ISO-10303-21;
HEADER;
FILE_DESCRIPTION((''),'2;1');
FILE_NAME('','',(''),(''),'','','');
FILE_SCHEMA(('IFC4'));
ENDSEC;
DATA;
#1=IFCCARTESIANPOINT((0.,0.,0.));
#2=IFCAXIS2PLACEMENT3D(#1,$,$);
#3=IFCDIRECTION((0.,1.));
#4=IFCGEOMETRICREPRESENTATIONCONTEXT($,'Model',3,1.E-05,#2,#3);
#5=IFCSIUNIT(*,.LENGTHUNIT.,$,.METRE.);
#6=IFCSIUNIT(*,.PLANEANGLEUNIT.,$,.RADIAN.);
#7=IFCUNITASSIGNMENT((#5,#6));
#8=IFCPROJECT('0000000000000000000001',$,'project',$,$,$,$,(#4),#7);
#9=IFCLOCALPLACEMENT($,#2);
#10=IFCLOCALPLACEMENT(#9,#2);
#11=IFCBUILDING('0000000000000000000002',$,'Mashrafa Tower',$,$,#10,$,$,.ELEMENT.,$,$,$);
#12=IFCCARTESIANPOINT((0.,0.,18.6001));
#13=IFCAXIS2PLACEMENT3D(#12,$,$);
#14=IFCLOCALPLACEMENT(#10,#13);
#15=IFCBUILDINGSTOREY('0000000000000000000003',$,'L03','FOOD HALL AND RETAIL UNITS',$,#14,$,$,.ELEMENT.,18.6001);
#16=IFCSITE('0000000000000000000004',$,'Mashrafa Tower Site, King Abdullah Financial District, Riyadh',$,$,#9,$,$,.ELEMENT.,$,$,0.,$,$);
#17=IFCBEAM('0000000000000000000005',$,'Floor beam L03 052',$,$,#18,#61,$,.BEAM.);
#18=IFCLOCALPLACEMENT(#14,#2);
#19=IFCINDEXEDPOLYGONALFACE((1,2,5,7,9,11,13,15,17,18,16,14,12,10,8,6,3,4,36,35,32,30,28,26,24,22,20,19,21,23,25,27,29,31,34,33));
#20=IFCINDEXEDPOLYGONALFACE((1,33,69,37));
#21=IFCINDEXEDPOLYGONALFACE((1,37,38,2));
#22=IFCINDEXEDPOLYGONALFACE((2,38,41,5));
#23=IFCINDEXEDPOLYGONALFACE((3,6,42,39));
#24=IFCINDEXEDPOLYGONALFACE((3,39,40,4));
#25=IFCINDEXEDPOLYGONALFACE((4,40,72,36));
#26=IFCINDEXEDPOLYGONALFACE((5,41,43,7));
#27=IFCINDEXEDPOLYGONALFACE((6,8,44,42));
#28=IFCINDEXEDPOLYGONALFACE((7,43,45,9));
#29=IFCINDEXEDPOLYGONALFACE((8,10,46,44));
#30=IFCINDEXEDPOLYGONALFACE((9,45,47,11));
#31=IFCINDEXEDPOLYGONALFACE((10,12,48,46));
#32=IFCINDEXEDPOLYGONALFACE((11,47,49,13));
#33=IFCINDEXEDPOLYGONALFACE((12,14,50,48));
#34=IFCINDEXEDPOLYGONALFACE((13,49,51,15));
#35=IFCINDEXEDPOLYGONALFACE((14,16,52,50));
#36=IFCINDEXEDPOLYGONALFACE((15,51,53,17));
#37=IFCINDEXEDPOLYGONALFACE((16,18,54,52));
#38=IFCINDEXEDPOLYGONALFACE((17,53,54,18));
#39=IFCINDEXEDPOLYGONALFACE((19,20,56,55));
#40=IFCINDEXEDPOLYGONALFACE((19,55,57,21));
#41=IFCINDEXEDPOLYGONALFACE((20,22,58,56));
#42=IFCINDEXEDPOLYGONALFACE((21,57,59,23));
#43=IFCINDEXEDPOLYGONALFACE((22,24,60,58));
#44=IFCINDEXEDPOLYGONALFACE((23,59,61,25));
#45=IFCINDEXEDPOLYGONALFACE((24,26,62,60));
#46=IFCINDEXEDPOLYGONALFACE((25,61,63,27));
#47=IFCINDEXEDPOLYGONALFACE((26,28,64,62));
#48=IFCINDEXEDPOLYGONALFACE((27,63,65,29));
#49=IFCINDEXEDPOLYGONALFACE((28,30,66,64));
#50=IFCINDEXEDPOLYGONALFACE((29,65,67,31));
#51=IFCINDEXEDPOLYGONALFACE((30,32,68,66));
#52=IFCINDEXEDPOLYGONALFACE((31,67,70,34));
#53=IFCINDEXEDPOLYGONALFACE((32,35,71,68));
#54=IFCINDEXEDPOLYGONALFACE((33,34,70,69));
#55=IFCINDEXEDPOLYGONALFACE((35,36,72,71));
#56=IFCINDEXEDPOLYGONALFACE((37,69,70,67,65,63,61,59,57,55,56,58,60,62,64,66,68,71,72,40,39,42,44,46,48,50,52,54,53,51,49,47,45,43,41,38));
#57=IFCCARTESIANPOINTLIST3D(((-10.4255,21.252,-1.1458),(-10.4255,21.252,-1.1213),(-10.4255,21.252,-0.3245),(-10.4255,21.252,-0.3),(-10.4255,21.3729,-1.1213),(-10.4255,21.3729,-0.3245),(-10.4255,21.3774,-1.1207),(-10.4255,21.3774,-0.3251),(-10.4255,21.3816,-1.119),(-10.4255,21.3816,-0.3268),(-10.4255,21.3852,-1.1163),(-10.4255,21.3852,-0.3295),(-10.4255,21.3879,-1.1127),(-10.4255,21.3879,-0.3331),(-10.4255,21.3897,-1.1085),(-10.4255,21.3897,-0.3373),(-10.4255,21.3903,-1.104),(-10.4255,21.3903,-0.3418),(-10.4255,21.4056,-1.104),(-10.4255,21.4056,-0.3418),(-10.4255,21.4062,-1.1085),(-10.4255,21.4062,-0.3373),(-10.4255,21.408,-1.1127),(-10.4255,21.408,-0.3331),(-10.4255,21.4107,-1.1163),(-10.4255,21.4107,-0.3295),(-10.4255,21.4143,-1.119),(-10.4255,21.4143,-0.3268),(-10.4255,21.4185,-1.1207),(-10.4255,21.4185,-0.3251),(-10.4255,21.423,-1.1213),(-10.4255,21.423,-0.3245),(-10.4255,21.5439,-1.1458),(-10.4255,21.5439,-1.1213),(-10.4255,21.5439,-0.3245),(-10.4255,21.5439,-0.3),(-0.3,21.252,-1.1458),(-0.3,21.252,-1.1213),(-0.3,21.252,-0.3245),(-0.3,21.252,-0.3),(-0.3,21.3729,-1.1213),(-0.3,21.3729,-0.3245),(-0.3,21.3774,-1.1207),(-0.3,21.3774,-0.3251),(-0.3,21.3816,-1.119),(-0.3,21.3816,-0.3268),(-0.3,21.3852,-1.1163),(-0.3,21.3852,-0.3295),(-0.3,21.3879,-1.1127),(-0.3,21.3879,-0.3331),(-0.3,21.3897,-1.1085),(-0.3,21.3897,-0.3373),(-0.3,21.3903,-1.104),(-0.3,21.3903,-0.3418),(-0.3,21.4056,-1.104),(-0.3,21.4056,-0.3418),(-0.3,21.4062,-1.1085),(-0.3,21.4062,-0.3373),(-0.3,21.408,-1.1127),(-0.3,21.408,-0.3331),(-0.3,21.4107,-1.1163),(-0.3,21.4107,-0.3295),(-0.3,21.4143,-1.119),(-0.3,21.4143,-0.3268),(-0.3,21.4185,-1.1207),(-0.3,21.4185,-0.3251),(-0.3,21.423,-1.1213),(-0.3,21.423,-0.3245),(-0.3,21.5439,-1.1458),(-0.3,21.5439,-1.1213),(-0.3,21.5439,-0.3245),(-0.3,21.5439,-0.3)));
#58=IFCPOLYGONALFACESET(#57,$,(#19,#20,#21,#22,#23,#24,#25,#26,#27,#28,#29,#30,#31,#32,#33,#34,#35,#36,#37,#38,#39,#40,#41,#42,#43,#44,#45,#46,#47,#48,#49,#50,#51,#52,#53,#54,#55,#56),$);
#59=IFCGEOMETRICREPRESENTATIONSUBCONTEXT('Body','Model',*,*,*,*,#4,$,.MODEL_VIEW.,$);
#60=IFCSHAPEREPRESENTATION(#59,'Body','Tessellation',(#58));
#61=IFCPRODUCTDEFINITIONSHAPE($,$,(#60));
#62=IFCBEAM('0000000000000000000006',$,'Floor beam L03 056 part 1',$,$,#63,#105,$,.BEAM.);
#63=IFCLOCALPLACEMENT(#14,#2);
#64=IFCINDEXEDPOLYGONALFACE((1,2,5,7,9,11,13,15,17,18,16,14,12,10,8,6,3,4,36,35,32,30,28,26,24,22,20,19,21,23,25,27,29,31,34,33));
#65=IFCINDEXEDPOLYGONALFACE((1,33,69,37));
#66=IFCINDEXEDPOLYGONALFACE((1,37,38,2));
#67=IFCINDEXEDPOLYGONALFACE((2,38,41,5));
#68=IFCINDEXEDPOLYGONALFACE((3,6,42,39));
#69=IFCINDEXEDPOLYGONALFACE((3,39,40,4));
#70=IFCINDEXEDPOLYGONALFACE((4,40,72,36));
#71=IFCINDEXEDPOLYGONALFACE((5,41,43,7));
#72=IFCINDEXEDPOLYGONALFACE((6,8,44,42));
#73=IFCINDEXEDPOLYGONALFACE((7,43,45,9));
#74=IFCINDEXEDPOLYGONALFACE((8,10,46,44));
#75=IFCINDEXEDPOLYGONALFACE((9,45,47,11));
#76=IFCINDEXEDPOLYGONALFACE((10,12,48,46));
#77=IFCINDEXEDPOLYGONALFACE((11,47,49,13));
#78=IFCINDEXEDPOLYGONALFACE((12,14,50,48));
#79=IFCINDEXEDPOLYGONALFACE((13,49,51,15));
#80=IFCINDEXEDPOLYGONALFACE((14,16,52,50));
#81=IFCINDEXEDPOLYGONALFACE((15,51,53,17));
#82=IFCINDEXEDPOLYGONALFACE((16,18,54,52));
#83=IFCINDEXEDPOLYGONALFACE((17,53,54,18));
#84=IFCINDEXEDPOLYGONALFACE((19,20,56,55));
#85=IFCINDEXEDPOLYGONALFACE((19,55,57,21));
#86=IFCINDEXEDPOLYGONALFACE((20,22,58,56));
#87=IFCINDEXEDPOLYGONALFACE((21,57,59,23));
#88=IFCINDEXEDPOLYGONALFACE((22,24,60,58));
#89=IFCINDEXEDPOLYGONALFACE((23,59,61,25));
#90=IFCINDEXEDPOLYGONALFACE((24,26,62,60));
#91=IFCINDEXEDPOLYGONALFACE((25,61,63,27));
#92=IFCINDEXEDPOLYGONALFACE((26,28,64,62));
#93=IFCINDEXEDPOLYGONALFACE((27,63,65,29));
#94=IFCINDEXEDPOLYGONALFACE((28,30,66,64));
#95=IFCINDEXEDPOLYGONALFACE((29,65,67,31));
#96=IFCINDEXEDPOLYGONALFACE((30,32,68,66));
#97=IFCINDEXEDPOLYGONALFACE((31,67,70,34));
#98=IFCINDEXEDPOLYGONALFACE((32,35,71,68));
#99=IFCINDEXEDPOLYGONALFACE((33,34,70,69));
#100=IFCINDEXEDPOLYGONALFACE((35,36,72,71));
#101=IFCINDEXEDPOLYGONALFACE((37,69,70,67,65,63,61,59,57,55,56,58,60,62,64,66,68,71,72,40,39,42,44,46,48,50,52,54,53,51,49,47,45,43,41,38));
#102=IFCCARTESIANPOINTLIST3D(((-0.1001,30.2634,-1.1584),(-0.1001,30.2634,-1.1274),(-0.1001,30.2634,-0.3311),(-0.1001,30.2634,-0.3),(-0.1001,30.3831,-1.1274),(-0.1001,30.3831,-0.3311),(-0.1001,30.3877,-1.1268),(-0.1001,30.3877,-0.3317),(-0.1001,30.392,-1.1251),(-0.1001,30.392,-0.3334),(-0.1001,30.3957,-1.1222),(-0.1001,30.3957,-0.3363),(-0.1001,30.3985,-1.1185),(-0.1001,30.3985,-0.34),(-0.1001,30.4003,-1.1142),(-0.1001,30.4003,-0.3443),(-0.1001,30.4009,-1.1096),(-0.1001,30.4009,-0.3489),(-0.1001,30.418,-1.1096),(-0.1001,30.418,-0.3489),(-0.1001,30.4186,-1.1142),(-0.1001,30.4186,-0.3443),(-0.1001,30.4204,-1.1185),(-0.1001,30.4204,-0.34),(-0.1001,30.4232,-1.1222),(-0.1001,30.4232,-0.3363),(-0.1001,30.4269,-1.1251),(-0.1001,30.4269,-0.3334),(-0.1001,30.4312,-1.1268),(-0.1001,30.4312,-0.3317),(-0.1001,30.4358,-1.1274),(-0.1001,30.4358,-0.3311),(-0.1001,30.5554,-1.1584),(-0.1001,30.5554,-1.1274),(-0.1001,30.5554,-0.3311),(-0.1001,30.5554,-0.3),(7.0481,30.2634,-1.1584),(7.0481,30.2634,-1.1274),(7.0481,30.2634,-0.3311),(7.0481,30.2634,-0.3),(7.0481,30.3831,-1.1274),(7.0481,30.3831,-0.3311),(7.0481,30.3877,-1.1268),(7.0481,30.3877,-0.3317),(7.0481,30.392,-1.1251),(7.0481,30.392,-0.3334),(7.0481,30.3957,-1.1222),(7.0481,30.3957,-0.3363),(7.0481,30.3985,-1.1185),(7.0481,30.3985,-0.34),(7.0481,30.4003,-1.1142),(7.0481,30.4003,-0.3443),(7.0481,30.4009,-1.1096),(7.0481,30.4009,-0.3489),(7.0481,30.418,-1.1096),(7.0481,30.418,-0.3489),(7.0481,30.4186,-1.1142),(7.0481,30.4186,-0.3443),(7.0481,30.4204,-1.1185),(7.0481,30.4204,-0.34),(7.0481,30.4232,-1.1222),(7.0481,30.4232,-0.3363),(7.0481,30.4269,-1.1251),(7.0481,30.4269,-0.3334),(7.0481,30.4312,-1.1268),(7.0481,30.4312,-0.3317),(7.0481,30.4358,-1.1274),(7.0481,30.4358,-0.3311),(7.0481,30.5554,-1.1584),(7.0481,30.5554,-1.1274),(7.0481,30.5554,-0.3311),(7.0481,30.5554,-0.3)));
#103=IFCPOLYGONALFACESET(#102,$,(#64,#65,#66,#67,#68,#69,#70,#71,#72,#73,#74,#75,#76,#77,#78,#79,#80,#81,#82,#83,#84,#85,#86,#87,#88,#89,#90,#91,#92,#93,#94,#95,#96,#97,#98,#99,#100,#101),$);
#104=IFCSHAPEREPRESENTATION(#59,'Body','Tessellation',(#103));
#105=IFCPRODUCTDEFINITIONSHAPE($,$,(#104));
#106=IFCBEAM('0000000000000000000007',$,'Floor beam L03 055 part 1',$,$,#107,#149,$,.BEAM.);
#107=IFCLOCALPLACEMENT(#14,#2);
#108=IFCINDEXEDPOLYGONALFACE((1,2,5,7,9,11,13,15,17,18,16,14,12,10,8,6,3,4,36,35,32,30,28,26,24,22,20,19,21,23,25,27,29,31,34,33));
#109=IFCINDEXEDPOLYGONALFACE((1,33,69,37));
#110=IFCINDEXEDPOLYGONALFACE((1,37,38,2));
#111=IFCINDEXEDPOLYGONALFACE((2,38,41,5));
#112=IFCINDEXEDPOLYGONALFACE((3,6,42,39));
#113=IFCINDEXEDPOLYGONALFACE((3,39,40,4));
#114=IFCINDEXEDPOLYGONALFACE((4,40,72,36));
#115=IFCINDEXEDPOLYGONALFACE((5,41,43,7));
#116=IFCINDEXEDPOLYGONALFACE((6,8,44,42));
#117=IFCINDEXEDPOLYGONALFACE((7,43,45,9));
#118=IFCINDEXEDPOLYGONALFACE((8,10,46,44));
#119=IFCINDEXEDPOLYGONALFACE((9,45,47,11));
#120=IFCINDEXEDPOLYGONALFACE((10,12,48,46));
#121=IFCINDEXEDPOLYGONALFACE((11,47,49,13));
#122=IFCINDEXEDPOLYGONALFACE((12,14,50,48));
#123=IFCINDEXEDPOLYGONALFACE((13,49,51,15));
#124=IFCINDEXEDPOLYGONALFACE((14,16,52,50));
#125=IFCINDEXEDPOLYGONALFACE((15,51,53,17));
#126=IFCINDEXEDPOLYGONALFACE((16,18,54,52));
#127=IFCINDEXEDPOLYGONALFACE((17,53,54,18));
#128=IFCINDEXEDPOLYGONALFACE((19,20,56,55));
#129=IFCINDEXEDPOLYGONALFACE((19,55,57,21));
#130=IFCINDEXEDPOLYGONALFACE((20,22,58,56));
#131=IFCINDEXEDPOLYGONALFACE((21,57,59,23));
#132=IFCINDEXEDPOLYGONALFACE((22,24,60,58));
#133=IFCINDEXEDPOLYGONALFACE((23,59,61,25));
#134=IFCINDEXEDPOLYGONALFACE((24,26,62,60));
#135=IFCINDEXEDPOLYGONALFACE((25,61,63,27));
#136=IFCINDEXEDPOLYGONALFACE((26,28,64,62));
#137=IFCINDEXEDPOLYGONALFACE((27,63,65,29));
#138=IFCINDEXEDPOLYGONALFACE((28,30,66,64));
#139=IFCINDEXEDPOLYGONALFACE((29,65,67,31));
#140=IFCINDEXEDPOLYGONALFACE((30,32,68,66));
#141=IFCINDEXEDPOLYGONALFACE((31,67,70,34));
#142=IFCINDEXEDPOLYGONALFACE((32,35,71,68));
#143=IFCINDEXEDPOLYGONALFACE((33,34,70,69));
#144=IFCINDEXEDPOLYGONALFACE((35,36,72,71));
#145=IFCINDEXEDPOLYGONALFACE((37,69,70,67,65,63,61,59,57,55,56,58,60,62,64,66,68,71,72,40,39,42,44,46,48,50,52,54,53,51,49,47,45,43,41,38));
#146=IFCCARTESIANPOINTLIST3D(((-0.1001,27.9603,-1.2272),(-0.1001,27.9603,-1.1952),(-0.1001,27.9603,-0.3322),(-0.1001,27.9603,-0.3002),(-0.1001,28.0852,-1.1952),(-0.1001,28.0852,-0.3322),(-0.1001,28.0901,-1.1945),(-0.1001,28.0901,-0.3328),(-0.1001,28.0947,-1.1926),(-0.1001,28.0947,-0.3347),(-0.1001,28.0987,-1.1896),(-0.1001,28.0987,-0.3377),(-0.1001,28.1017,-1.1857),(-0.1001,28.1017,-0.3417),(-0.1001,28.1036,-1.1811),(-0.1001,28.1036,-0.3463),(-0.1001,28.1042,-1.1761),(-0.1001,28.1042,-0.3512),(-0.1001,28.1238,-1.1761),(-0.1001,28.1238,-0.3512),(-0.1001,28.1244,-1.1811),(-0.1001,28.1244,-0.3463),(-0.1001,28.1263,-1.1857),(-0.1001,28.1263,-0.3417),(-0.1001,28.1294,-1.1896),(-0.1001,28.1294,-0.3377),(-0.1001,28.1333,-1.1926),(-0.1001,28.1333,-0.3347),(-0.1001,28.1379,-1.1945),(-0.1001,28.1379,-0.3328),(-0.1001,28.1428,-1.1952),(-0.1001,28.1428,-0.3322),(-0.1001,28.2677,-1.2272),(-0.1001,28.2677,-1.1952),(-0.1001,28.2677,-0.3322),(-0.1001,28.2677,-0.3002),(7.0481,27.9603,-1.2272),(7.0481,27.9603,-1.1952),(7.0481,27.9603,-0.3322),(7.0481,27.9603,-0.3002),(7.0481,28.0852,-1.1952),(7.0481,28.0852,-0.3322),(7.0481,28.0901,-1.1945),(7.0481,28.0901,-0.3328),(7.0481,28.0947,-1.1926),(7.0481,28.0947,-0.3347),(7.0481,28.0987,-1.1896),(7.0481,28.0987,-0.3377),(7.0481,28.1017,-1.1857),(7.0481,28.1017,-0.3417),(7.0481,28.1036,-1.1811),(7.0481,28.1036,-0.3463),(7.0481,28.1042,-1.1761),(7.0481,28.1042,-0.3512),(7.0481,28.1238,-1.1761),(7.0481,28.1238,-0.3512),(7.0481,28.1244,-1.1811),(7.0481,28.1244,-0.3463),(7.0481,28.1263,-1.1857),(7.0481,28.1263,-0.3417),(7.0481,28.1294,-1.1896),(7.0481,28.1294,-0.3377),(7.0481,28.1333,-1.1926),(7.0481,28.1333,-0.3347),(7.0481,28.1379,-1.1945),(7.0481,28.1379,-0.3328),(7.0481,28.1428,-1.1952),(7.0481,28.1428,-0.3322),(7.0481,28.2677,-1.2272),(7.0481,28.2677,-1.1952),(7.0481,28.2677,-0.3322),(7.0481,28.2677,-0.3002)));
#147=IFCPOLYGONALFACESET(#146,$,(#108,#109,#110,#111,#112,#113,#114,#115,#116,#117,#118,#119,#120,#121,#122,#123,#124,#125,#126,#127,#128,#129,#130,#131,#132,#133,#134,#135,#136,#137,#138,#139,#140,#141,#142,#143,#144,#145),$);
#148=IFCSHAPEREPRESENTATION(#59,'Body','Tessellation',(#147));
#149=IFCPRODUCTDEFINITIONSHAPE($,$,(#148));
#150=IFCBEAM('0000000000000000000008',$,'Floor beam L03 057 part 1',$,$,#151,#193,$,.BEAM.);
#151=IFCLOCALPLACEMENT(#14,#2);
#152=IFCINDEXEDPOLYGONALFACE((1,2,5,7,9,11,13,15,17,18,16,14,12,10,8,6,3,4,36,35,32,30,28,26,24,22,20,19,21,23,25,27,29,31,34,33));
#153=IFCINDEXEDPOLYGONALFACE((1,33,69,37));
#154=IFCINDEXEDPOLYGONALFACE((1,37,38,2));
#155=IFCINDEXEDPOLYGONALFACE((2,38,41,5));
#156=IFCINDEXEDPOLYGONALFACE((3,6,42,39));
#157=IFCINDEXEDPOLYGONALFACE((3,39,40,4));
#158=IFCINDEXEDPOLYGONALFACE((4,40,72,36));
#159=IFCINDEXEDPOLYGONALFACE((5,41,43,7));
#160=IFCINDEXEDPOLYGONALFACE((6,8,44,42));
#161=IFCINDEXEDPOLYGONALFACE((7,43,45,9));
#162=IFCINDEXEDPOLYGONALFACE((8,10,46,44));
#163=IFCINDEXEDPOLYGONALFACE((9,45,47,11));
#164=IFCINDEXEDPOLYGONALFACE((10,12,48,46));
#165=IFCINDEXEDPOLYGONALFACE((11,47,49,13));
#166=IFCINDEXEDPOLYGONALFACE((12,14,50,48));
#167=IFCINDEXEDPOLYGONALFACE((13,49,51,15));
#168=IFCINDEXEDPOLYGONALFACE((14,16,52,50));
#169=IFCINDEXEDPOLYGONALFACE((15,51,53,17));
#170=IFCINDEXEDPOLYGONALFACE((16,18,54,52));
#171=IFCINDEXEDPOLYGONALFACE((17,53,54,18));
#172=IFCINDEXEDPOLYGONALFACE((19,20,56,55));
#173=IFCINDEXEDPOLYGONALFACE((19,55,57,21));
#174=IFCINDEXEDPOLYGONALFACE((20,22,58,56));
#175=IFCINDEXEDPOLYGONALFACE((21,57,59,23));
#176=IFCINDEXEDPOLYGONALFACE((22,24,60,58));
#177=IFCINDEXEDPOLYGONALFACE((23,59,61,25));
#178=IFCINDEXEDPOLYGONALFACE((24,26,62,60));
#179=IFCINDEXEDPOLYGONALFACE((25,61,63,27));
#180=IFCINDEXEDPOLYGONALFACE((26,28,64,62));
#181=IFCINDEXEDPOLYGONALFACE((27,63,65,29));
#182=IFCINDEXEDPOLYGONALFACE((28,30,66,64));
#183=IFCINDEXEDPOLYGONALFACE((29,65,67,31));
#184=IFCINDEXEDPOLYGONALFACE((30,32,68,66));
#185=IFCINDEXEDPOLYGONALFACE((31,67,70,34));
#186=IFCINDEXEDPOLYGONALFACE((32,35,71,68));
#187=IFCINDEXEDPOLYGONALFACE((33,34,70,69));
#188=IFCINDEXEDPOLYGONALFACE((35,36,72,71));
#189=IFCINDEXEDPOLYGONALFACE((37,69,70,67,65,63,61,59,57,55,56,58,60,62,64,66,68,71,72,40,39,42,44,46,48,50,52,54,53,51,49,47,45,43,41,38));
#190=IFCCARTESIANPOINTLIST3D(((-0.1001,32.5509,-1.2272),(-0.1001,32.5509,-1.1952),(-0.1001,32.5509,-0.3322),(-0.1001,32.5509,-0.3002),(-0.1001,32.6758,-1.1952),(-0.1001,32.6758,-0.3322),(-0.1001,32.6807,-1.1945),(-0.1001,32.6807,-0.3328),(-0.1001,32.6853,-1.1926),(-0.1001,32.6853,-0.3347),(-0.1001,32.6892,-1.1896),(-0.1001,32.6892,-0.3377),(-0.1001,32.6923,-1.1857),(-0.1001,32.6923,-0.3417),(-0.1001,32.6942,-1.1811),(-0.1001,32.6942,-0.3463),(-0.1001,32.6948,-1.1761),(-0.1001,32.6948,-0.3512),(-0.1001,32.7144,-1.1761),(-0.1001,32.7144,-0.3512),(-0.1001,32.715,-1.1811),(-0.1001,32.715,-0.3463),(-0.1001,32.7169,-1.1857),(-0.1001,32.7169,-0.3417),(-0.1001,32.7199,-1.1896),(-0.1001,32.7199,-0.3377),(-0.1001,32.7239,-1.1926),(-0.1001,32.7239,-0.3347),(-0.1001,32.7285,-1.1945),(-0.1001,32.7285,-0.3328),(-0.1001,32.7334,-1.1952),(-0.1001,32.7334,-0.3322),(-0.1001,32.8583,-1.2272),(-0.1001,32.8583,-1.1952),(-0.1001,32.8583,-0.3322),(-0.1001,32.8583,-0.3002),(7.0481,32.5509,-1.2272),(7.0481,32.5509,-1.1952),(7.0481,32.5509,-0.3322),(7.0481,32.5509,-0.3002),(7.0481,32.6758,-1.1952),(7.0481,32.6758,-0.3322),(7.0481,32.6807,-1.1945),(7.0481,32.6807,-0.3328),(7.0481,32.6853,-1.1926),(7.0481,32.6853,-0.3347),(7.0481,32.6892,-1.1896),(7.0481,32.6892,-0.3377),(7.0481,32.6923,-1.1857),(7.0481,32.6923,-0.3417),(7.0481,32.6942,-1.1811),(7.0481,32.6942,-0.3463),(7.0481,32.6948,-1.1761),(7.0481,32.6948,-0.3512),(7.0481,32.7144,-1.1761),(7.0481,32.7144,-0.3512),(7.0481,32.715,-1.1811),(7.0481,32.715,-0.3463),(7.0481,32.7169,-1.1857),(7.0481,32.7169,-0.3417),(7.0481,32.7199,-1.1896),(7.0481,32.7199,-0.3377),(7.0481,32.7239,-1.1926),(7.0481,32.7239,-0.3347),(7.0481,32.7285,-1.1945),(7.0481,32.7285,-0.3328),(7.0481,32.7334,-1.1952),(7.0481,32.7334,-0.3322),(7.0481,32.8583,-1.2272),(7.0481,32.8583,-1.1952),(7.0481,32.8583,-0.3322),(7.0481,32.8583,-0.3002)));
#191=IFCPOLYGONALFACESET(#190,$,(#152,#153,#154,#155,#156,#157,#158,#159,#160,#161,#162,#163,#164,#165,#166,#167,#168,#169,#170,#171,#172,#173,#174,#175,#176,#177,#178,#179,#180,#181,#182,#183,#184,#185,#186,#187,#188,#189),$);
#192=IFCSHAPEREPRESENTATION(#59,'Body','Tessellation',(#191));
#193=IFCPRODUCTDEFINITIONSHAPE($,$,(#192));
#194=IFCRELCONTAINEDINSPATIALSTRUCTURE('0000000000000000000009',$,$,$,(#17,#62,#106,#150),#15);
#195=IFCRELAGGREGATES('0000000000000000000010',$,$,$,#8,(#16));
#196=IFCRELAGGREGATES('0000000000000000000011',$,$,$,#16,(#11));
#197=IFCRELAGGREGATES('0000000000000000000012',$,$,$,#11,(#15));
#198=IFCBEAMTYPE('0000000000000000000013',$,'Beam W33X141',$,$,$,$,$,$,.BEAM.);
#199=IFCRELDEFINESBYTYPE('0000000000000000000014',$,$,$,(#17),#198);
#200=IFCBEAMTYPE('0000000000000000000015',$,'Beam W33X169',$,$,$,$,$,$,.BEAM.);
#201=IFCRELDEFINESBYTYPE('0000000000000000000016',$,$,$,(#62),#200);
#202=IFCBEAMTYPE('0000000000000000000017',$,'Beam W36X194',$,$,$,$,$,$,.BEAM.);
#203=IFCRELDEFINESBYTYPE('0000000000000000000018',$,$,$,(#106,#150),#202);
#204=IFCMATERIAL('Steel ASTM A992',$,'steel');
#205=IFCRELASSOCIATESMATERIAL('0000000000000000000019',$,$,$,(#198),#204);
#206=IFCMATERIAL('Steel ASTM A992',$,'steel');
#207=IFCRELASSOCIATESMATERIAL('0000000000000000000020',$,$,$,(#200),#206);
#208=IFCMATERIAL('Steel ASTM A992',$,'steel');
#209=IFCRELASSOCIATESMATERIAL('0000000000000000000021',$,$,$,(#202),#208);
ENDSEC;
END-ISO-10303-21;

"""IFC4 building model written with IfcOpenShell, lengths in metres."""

from ifc_helpers import new_model, si_unit, direction, frame, origin, origin_2d, place, context, subcontext, project, spatial, i_section, extrude, material, material_profile, profile_set, type_object, element, save


model = new_model("IFC4")

# Units and contexts
model_context = context("Model", 3, precision=1e-05, world=origin(), true_north=direction((0.0, 1.0)))
body_context = subcontext(model_context, "Body", "Model", "MODEL_VIEW")
ifc_project = project(units=[si_unit("LENGTHUNIT", "METRE"), si_unit("PLANEANGLEUNIT", "RADIAN")], contexts=[model_context])

# Site, building, storey
site_placement = place(None, origin())
site = spatial("IfcSite", under=ifc_project, at=site_placement, Name="Mashrafa Tower Site, King Abdullah Financial District, Riyadh", CompositionType="ELEMENT", RefElevation=0.0)
building_placement = place(site_placement, origin())
building = spatial("IfcBuilding", under=site, at=building_placement, Name="Mashrafa Tower", CompositionType="ELEMENT")
storey_placement = place(building_placement, frame((0.0, 0.0, 18.6001)))
storey = spatial("IfcBuildingStorey", under=building, at=storey_placement, Name="L03", Description="FOOD HALL AND RETAIL UNITS", CompositionType="ELEMENT", Elevation=18.6001)

# Beams
ifc_material_1 = material(Name="Steel ASTM A992", Category="steel")
ifc_material_profile_1 = material_profile(ifc_material_1, i_section(OverallWidth=0.292, OverallDepth=0.8457, WebThickness=0.0154, FlangeThickness=0.0244, FilletRadius=0.0173, at=origin_2d()), Name="W33X141")
ifc_profile_set_1 = profile_set([ifc_material_profile_1], Name="Steel ASTM A992")
beam_type_1 = type_object("IfcBeamType", Name="Beam W33X141", PredefinedType="BEAM", material=ifc_profile_set_1)
beam_1_placement = place(storey_placement, frame((-10.4255, 21.3979, -0.7229), z_axis=(1.0, 0.0, 0.0), x_axis=(0.0, 1.0, 0.0)))
element("IfcBeam", 1, at=beam_1_placement, inside=storey, type_object=beam_type_1, Name="Floor beam L03 052", PredefinedType="BEAM", context=body_context, shape_type="SweptSolid", body=[
    extrude(i_section(OverallWidth=0.292, OverallDepth=0.8457, WebThickness=0.0154, FlangeThickness=0.0244, FilletRadius=0.0173, at=origin_2d()), origin(), (0.0, 0.0, 1.0), 10.1255),
])
ifc_material_2 = material(Name="Steel ASTM A992", Category="steel")
ifc_material_profile_2 = material_profile(ifc_material_2, i_section(OverallWidth=0.292, OverallDepth=0.8584, WebThickness=0.0171, FlangeThickness=0.031, FilletRadius=0.0178, at=origin_2d()), Name="W33X169")
ifc_profile_set_2 = profile_set([ifc_material_profile_2], Name="Steel ASTM A992")
beam_type_2 = type_object("IfcBeamType", Name="Beam W33X169", PredefinedType="BEAM", material=ifc_profile_set_2)
beam_2_placement = place(storey_placement, frame((-0.1001, 30.4094, -0.7292), z_axis=(1.0, 0.0, 0.0), x_axis=(0.0, 1.0, 0.0)))
element("IfcBeam", 2, at=beam_2_placement, inside=storey, type_object=beam_type_2, Name="Floor beam L03 056 part 1", PredefinedType="BEAM", context=body_context, shape_type="SweptSolid", body=[
    extrude(i_section(OverallWidth=0.292, OverallDepth=0.8584, WebThickness=0.0171, FlangeThickness=0.031, FilletRadius=0.0178, at=origin_2d()), origin(), (0.0, 0.0, 1.0), 7.1482),
])
ifc_material_3 = material(Name="Steel ASTM A992", Category="steel")
ifc_material_profile_3 = material_profile(ifc_material_3, i_section(OverallWidth=0.3074, OverallDepth=0.927, WebThickness=0.0195, FlangeThickness=0.032, FilletRadius=0.019, at=origin_2d()), Name="W36X194")
ifc_profile_set_3 = profile_set([ifc_material_profile_3], Name="Steel ASTM A992")
beam_type_3 = type_object("IfcBeamType", Name="Beam W36X194", PredefinedType="BEAM", material=ifc_profile_set_3)
for number, where, z_axis, x_axis, name in (
    (3, (-0.1001, 28.114, -0.7637), (1.0, 0.0, 0.0), (0.0, 1.0, 0.0), "Floor beam L03 055 part 1"),
    (4, (-0.1001, 32.7046, -0.7637), (1.0, 0.0, 0.0), (0.0, 1.0, 0.0), "Floor beam L03 057 part 1"),
):
    element("IfcBeam", number, at=place(storey_placement, frame(where, z_axis=z_axis, x_axis=x_axis)), inside=storey, type_object=beam_type_3, Name=name, PredefinedType="BEAM", context=body_context, shape_type="SweptSolid", body=[
        extrude(i_section(OverallWidth=0.3074, OverallDepth=0.927, WebThickness=0.0195, FlangeThickness=0.032, FilletRadius=0.019, at=origin_2d()), origin(), (0.0, 0.0, 1.0), 7.1482),
    ])

save(model, "model.ifc")
